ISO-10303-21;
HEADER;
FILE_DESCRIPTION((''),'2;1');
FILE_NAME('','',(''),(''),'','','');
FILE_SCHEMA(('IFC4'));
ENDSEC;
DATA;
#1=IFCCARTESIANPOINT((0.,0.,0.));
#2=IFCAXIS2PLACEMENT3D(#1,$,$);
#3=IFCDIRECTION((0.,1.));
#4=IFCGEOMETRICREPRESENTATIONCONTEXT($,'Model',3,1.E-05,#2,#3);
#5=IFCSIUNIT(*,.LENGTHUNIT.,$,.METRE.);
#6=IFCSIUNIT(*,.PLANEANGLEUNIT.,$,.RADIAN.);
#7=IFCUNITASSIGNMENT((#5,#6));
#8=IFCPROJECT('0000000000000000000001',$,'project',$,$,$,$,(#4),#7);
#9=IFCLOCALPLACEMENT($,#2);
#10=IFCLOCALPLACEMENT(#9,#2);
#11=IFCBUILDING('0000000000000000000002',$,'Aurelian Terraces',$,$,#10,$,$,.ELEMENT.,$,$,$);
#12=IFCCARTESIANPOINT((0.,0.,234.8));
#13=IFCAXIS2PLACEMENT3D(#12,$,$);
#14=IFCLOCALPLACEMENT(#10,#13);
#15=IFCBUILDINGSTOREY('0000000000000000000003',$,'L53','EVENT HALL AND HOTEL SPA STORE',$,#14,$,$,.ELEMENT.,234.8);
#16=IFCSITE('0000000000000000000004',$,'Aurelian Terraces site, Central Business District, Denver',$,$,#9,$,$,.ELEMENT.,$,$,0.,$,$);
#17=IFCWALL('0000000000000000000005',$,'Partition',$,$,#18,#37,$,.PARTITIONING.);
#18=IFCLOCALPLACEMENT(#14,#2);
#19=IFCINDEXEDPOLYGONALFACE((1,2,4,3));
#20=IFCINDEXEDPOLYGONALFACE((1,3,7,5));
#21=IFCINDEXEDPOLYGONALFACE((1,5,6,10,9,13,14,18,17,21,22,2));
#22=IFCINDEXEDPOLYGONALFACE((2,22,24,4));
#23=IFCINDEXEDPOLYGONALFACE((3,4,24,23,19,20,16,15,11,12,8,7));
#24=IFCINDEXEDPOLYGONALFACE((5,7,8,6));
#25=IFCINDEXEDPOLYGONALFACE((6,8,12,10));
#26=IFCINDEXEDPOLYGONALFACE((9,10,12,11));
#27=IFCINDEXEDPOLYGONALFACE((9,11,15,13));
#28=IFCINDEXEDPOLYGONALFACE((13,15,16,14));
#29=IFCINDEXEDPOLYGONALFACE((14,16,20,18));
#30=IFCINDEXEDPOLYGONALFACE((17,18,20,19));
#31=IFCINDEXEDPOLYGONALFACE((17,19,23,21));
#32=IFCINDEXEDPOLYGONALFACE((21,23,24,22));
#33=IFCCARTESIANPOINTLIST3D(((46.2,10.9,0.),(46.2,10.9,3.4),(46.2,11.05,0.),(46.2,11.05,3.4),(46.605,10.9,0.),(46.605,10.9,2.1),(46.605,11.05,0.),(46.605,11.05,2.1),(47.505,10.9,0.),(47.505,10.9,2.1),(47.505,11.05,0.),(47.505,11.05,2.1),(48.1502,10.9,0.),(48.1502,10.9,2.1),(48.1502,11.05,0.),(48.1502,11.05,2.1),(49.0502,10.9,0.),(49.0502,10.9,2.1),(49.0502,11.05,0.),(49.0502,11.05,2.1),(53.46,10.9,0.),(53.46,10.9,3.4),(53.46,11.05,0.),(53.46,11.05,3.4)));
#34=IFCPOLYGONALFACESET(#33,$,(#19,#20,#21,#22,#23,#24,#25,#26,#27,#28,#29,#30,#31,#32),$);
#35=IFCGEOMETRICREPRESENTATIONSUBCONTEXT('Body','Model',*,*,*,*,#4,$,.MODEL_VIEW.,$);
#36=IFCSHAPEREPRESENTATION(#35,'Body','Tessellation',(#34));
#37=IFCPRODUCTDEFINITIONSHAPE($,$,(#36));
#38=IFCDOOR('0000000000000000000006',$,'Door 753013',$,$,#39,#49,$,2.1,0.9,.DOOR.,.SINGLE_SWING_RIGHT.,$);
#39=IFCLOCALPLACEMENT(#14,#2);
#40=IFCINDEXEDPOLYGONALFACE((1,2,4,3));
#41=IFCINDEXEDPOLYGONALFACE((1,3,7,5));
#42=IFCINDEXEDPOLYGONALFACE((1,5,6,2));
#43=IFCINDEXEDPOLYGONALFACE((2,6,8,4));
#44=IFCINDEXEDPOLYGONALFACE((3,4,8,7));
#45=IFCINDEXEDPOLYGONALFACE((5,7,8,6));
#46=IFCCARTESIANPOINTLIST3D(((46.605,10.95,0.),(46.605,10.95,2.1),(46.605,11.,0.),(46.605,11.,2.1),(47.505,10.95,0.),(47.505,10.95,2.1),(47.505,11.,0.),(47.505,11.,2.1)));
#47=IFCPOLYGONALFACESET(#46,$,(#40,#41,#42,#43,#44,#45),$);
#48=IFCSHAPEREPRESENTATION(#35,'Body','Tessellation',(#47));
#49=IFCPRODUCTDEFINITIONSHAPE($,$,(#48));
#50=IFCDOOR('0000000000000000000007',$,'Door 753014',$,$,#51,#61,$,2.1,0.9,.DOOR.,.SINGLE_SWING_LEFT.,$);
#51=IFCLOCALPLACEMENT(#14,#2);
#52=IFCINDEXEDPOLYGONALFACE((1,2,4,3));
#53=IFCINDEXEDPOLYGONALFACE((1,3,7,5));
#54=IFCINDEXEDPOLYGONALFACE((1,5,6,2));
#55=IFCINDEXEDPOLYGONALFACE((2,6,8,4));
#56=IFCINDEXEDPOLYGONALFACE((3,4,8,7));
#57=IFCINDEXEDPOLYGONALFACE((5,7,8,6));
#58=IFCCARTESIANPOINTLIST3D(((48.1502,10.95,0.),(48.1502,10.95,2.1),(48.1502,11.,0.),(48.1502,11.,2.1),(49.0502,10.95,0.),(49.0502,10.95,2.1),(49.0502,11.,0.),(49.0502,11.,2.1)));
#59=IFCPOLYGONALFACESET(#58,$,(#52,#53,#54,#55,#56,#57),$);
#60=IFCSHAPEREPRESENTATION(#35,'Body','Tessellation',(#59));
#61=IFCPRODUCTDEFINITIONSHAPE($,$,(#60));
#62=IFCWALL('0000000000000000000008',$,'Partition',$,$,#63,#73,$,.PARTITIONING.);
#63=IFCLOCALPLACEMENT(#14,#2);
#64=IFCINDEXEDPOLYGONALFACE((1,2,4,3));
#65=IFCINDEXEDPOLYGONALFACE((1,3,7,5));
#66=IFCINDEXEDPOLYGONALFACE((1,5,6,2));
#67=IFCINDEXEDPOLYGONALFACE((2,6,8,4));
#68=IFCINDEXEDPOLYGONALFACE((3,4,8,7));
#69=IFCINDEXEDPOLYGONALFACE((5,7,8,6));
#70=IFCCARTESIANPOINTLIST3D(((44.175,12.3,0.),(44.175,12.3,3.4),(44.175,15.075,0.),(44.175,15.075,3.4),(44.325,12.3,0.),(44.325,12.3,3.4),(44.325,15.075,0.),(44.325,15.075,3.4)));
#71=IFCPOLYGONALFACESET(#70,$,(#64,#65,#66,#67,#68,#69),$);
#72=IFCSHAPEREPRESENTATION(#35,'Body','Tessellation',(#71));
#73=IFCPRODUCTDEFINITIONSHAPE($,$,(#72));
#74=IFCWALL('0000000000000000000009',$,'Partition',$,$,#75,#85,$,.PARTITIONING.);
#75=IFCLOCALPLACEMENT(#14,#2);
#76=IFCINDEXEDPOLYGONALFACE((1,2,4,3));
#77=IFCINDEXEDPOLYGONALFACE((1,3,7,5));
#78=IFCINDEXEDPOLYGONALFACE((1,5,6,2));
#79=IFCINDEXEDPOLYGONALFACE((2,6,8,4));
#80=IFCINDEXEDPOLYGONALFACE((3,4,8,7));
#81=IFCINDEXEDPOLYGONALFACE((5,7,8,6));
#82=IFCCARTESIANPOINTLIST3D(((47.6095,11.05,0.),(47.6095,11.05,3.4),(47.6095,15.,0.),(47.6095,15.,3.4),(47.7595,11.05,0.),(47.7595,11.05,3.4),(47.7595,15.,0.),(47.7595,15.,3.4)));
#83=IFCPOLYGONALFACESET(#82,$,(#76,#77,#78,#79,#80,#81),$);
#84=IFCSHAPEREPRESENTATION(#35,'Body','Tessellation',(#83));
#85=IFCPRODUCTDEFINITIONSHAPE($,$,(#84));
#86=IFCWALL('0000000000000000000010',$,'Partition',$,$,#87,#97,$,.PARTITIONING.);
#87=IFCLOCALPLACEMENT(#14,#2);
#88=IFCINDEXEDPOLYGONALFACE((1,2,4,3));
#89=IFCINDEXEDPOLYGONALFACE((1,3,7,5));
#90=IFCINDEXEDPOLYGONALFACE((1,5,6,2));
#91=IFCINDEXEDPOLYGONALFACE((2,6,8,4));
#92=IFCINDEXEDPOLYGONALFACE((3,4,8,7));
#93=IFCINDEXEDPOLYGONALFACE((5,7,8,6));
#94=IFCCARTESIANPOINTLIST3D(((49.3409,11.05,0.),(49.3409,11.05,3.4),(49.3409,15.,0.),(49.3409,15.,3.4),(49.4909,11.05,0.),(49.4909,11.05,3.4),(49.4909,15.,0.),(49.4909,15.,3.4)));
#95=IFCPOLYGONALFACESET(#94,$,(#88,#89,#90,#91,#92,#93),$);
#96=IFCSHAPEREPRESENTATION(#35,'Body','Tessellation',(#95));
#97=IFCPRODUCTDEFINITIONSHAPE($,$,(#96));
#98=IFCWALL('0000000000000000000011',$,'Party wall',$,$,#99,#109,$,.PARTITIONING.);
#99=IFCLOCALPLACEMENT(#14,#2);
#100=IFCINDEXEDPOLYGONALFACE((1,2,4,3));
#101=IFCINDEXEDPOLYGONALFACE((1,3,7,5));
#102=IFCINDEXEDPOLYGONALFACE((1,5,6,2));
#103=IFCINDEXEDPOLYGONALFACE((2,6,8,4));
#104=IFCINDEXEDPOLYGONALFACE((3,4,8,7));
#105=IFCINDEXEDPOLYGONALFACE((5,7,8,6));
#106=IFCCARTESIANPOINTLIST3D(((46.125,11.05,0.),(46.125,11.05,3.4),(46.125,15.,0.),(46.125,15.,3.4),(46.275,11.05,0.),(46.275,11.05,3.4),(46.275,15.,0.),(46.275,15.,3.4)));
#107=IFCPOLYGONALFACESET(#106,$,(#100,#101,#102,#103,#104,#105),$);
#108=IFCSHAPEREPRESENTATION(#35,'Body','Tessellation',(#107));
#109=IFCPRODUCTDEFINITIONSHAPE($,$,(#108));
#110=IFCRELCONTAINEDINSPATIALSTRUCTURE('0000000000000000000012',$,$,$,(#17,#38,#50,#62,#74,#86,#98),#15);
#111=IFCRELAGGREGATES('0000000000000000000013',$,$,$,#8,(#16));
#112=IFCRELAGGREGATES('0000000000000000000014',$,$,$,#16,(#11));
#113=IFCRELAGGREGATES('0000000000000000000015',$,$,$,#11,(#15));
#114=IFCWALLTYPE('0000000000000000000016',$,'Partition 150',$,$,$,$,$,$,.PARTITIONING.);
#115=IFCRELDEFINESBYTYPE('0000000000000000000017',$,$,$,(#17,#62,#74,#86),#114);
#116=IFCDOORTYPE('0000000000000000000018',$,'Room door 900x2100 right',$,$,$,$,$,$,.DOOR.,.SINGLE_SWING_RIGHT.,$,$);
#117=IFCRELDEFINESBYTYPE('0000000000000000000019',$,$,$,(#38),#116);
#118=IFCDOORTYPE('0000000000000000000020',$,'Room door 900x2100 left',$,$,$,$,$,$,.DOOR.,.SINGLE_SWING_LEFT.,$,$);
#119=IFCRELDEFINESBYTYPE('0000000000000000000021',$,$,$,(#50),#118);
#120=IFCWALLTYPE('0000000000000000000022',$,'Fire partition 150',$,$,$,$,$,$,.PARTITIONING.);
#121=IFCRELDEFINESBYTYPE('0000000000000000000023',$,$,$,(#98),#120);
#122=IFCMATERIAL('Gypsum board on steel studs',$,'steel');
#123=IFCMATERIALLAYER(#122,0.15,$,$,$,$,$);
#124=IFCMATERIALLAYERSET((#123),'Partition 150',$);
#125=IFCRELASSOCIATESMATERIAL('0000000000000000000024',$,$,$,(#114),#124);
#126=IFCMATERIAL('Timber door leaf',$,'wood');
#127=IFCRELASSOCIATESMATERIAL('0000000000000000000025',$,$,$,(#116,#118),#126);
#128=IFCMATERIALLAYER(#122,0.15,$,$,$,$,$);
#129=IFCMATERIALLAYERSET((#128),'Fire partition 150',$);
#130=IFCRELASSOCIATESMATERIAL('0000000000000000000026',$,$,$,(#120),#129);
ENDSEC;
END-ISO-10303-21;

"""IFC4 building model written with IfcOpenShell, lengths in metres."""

from ifc_helpers import new_model, si_unit, direction, frame, frame_2d, origin, place, context, subcontext, project, spatial, rectangle, extrude, source, transform, mapped, material, layer, layer_set, type_object, element, fill, save


model = new_model("IFC4")

# Units and contexts
model_context = context("Model", 3, precision=1e-05, world=origin(), true_north=direction((0.0, 1.0)))
body_context = subcontext(model_context, "Body", "Model", "MODEL_VIEW")
ifc_project = project(units=[si_unit("LENGTHUNIT", "METRE"), si_unit("PLANEANGLEUNIT", "RADIAN")], contexts=[model_context])

# Site, building, storey
site_placement = place(None, origin())
site = spatial("IfcSite", under=ifc_project, at=site_placement, Name="Aurelian Terraces site, Central Business District, Denver", CompositionType="ELEMENT", RefElevation=0.0)
building_placement = place(site_placement, origin())
building = spatial("IfcBuilding", under=site, at=building_placement, Name="Aurelian Terraces", CompositionType="ELEMENT")
storey_placement = place(building_placement, frame((0.0, 0.0, 234.8)))
storey = spatial("IfcBuildingStorey", under=building, at=storey_placement, Name="L53", Description="EVENT HALL AND HOTEL SPA STORE", CompositionType="ELEMENT", Elevation=234.8)

# Shared definitions
ifc_material_1 = material(Name="Gypsum board on steel studs", Category="steel")
ifc_layer_1 = layer(ifc_material_1, 0.15)
ifc_layer_set_1 = layer_set([ifc_layer_1], Name="Partition 150")
wall_type_1 = type_object("IfcWallType", Name="Partition 150", PredefinedType="PARTITIONING", material=ifc_layer_set_1)
shared_shape_1 = source(origin(), body_context, "Body", "SweptSolid", [
    extrude(rectangle(XDim=0.9, YDim=2.1, at=frame_2d((0.45, 1.05))), frame((0.0, 0.085, 0.0), z_axis=(0.0, -1.0, 0.0), x_axis=(1.0, 0.0, 0.0)), (0.0, 0.0, 1.0), 0.17),
])
ifc_material_2 = material(Name="Timber door leaf", Category="wood")
door_type_1 = type_object("IfcDoorType", Name="Room door 900x2100 right", OperationType="SINGLE_SWING_RIGHT", PredefinedType="DOOR", material=ifc_material_2)
shared_shape_2 = source(origin(), body_context, "Body", "SweptSolid", [
    extrude(rectangle(XDim=0.9, YDim=2.1, at=frame_2d((0.45, 1.05))), frame((0.0, 0.025, 0.0), z_axis=(0.0, -1.0, 0.0), x_axis=(1.0, 0.0, 0.0)), (0.0, 0.0, 1.0), 0.05),
])

# Wall, openings, doors
shared_shape_3 = source(origin(), body_context, "Body", "SweptSolid", [
    extrude(rectangle(XDim=7.26, YDim=0.15, at=frame_2d((3.63, 0.0))), origin(), (0.0, 0.0, 1.0), 3.4),
])
wall_1_placement = place(storey_placement, frame((53.46, 10.975, 0.0), z_axis=(0.0, 0.0, 1.0), x_axis=(-1.0, 0.0, 0.0)))
wall_1 = element("IfcWall", 1, at=wall_1_placement, inside=storey, type_object=wall_type_1, Name="Partition", PredefinedType="PARTITIONING", context=body_context, shape_type="MappedRepresentation", body=[
    mapped(shared_shape_3, transform((0.0, 0.0, 0.0), scale=1.0)),
])
opening_1_placement = place(wall_1_placement, frame((5.955, 0.0, 0.0)))
opening_1 = element("IfcOpeningElement", 2, at=opening_1_placement, cuts=wall_1, PredefinedType="OPENING", context=body_context, shape_type="MappedRepresentation", body=[
    mapped(shared_shape_1, transform((0.0, 0.0, 0.0), scale=1.0)),
])
opening_2_placement = place(wall_1_placement, frame((4.4098, 0.0, 0.0)))
opening_2 = element("IfcOpeningElement", 3, at=opening_2_placement, cuts=wall_1, PredefinedType="OPENING", context=body_context, shape_type="MappedRepresentation", body=[
    mapped(shared_shape_1, transform((0.0, 0.0, 0.0), scale=1.0)),
])
door_1_placement = place(opening_1_placement, origin())
door_1 = element("IfcDoor", 4, at=door_1_placement, inside=storey, type_object=door_type_1, Name="Door 753013", OperationType="SINGLE_SWING_RIGHT", OverallHeight=2.1, OverallWidth=0.9, PredefinedType="DOOR", context=body_context, shape_type="MappedRepresentation", body=[
    mapped(shared_shape_2, transform((0.0, 0.0, 0.0), scale=1.0)),
])
fill(opening_1, door_1)
door_type_2 = type_object("IfcDoorType", Name="Room door 900x2100 left", OperationType="SINGLE_SWING_LEFT", PredefinedType="DOOR", material=ifc_material_2)
door_2_placement = place(opening_2_placement, origin())
door_2 = element("IfcDoor", 5, at=door_2_placement, inside=storey, type_object=door_type_2, Name="Door 753014", OperationType="SINGLE_SWING_LEFT", OverallHeight=2.1, OverallWidth=0.9, PredefinedType="DOOR", context=body_context, shape_type="MappedRepresentation", body=[
    mapped(shared_shape_2, transform((0.0, 0.0, 0.0), scale=1.0)),
])
fill(opening_2, door_2)

# Walls
shared_shape_4 = source(origin(), body_context, "Body", "SweptSolid", [
    extrude(rectangle(XDim=2.775, YDim=0.15, at=frame_2d((1.3875, 0.0))), origin(), (0.0, 0.0, 1.0), 3.4),
])
wall_2_placement = place(storey_placement, frame((44.25, 12.3, 0.0), z_axis=(0.0, 0.0, 1.0), x_axis=(0.0, 1.0, 0.0)))
element("IfcWall", 6, at=wall_2_placement, inside=storey, type_object=wall_type_1, Name="Partition", PredefinedType="PARTITIONING", context=body_context, shape_type="MappedRepresentation", body=[
    mapped(shared_shape_4, transform((0.0, 0.0, 0.0), scale=1.0)),
])
shared_shape_5 = source(origin(), body_context, "Body", "SweptSolid", [
    extrude(rectangle(XDim=3.95, YDim=0.15, at=frame_2d((1.975, 0.0))), origin(), (0.0, 0.0, 1.0), 3.4),
])
for number, where, z_axis, x_axis, name in (
    (7, (47.6845, 11.05, 0.0), (0.0, 0.0, 1.0), (0.0, 1.0, 0.0), "Partition"),
    (8, (49.4159, 11.05, 0.0), (0.0, 0.0, 1.0), (0.0, 1.0, 0.0), "Partition"),
):
    element("IfcWall", number, at=place(storey_placement, frame(where, z_axis=z_axis, x_axis=x_axis)), inside=storey, type_object=wall_type_1, Name=name, PredefinedType="PARTITIONING", context=body_context, shape_type="MappedRepresentation", body=[
        mapped(shared_shape_5, transform((0.0, 0.0, 0.0), scale=1.0)),
    ])
ifc_layer_2 = layer(ifc_material_1, 0.15)
ifc_layer_set_2 = layer_set([ifc_layer_2], Name="Fire partition 150")
wall_type_2 = type_object("IfcWallType", Name="Fire partition 150", PredefinedType="PARTITIONING", material=ifc_layer_set_2)
wall_3_placement = place(storey_placement, frame((46.2, 11.05, 0.0), z_axis=(0.0, 0.0, 1.0), x_axis=(0.0, 1.0, 0.0)))
element("IfcWall", 9, at=wall_3_placement, inside=storey, type_object=wall_type_2, Name="Party wall", PredefinedType="PARTITIONING", context=body_context, shape_type="MappedRepresentation", body=[
    mapped(shared_shape_5, transform((0.0, 0.0, 0.0), scale=1.0)),
])

save(model, "model.ifc")
